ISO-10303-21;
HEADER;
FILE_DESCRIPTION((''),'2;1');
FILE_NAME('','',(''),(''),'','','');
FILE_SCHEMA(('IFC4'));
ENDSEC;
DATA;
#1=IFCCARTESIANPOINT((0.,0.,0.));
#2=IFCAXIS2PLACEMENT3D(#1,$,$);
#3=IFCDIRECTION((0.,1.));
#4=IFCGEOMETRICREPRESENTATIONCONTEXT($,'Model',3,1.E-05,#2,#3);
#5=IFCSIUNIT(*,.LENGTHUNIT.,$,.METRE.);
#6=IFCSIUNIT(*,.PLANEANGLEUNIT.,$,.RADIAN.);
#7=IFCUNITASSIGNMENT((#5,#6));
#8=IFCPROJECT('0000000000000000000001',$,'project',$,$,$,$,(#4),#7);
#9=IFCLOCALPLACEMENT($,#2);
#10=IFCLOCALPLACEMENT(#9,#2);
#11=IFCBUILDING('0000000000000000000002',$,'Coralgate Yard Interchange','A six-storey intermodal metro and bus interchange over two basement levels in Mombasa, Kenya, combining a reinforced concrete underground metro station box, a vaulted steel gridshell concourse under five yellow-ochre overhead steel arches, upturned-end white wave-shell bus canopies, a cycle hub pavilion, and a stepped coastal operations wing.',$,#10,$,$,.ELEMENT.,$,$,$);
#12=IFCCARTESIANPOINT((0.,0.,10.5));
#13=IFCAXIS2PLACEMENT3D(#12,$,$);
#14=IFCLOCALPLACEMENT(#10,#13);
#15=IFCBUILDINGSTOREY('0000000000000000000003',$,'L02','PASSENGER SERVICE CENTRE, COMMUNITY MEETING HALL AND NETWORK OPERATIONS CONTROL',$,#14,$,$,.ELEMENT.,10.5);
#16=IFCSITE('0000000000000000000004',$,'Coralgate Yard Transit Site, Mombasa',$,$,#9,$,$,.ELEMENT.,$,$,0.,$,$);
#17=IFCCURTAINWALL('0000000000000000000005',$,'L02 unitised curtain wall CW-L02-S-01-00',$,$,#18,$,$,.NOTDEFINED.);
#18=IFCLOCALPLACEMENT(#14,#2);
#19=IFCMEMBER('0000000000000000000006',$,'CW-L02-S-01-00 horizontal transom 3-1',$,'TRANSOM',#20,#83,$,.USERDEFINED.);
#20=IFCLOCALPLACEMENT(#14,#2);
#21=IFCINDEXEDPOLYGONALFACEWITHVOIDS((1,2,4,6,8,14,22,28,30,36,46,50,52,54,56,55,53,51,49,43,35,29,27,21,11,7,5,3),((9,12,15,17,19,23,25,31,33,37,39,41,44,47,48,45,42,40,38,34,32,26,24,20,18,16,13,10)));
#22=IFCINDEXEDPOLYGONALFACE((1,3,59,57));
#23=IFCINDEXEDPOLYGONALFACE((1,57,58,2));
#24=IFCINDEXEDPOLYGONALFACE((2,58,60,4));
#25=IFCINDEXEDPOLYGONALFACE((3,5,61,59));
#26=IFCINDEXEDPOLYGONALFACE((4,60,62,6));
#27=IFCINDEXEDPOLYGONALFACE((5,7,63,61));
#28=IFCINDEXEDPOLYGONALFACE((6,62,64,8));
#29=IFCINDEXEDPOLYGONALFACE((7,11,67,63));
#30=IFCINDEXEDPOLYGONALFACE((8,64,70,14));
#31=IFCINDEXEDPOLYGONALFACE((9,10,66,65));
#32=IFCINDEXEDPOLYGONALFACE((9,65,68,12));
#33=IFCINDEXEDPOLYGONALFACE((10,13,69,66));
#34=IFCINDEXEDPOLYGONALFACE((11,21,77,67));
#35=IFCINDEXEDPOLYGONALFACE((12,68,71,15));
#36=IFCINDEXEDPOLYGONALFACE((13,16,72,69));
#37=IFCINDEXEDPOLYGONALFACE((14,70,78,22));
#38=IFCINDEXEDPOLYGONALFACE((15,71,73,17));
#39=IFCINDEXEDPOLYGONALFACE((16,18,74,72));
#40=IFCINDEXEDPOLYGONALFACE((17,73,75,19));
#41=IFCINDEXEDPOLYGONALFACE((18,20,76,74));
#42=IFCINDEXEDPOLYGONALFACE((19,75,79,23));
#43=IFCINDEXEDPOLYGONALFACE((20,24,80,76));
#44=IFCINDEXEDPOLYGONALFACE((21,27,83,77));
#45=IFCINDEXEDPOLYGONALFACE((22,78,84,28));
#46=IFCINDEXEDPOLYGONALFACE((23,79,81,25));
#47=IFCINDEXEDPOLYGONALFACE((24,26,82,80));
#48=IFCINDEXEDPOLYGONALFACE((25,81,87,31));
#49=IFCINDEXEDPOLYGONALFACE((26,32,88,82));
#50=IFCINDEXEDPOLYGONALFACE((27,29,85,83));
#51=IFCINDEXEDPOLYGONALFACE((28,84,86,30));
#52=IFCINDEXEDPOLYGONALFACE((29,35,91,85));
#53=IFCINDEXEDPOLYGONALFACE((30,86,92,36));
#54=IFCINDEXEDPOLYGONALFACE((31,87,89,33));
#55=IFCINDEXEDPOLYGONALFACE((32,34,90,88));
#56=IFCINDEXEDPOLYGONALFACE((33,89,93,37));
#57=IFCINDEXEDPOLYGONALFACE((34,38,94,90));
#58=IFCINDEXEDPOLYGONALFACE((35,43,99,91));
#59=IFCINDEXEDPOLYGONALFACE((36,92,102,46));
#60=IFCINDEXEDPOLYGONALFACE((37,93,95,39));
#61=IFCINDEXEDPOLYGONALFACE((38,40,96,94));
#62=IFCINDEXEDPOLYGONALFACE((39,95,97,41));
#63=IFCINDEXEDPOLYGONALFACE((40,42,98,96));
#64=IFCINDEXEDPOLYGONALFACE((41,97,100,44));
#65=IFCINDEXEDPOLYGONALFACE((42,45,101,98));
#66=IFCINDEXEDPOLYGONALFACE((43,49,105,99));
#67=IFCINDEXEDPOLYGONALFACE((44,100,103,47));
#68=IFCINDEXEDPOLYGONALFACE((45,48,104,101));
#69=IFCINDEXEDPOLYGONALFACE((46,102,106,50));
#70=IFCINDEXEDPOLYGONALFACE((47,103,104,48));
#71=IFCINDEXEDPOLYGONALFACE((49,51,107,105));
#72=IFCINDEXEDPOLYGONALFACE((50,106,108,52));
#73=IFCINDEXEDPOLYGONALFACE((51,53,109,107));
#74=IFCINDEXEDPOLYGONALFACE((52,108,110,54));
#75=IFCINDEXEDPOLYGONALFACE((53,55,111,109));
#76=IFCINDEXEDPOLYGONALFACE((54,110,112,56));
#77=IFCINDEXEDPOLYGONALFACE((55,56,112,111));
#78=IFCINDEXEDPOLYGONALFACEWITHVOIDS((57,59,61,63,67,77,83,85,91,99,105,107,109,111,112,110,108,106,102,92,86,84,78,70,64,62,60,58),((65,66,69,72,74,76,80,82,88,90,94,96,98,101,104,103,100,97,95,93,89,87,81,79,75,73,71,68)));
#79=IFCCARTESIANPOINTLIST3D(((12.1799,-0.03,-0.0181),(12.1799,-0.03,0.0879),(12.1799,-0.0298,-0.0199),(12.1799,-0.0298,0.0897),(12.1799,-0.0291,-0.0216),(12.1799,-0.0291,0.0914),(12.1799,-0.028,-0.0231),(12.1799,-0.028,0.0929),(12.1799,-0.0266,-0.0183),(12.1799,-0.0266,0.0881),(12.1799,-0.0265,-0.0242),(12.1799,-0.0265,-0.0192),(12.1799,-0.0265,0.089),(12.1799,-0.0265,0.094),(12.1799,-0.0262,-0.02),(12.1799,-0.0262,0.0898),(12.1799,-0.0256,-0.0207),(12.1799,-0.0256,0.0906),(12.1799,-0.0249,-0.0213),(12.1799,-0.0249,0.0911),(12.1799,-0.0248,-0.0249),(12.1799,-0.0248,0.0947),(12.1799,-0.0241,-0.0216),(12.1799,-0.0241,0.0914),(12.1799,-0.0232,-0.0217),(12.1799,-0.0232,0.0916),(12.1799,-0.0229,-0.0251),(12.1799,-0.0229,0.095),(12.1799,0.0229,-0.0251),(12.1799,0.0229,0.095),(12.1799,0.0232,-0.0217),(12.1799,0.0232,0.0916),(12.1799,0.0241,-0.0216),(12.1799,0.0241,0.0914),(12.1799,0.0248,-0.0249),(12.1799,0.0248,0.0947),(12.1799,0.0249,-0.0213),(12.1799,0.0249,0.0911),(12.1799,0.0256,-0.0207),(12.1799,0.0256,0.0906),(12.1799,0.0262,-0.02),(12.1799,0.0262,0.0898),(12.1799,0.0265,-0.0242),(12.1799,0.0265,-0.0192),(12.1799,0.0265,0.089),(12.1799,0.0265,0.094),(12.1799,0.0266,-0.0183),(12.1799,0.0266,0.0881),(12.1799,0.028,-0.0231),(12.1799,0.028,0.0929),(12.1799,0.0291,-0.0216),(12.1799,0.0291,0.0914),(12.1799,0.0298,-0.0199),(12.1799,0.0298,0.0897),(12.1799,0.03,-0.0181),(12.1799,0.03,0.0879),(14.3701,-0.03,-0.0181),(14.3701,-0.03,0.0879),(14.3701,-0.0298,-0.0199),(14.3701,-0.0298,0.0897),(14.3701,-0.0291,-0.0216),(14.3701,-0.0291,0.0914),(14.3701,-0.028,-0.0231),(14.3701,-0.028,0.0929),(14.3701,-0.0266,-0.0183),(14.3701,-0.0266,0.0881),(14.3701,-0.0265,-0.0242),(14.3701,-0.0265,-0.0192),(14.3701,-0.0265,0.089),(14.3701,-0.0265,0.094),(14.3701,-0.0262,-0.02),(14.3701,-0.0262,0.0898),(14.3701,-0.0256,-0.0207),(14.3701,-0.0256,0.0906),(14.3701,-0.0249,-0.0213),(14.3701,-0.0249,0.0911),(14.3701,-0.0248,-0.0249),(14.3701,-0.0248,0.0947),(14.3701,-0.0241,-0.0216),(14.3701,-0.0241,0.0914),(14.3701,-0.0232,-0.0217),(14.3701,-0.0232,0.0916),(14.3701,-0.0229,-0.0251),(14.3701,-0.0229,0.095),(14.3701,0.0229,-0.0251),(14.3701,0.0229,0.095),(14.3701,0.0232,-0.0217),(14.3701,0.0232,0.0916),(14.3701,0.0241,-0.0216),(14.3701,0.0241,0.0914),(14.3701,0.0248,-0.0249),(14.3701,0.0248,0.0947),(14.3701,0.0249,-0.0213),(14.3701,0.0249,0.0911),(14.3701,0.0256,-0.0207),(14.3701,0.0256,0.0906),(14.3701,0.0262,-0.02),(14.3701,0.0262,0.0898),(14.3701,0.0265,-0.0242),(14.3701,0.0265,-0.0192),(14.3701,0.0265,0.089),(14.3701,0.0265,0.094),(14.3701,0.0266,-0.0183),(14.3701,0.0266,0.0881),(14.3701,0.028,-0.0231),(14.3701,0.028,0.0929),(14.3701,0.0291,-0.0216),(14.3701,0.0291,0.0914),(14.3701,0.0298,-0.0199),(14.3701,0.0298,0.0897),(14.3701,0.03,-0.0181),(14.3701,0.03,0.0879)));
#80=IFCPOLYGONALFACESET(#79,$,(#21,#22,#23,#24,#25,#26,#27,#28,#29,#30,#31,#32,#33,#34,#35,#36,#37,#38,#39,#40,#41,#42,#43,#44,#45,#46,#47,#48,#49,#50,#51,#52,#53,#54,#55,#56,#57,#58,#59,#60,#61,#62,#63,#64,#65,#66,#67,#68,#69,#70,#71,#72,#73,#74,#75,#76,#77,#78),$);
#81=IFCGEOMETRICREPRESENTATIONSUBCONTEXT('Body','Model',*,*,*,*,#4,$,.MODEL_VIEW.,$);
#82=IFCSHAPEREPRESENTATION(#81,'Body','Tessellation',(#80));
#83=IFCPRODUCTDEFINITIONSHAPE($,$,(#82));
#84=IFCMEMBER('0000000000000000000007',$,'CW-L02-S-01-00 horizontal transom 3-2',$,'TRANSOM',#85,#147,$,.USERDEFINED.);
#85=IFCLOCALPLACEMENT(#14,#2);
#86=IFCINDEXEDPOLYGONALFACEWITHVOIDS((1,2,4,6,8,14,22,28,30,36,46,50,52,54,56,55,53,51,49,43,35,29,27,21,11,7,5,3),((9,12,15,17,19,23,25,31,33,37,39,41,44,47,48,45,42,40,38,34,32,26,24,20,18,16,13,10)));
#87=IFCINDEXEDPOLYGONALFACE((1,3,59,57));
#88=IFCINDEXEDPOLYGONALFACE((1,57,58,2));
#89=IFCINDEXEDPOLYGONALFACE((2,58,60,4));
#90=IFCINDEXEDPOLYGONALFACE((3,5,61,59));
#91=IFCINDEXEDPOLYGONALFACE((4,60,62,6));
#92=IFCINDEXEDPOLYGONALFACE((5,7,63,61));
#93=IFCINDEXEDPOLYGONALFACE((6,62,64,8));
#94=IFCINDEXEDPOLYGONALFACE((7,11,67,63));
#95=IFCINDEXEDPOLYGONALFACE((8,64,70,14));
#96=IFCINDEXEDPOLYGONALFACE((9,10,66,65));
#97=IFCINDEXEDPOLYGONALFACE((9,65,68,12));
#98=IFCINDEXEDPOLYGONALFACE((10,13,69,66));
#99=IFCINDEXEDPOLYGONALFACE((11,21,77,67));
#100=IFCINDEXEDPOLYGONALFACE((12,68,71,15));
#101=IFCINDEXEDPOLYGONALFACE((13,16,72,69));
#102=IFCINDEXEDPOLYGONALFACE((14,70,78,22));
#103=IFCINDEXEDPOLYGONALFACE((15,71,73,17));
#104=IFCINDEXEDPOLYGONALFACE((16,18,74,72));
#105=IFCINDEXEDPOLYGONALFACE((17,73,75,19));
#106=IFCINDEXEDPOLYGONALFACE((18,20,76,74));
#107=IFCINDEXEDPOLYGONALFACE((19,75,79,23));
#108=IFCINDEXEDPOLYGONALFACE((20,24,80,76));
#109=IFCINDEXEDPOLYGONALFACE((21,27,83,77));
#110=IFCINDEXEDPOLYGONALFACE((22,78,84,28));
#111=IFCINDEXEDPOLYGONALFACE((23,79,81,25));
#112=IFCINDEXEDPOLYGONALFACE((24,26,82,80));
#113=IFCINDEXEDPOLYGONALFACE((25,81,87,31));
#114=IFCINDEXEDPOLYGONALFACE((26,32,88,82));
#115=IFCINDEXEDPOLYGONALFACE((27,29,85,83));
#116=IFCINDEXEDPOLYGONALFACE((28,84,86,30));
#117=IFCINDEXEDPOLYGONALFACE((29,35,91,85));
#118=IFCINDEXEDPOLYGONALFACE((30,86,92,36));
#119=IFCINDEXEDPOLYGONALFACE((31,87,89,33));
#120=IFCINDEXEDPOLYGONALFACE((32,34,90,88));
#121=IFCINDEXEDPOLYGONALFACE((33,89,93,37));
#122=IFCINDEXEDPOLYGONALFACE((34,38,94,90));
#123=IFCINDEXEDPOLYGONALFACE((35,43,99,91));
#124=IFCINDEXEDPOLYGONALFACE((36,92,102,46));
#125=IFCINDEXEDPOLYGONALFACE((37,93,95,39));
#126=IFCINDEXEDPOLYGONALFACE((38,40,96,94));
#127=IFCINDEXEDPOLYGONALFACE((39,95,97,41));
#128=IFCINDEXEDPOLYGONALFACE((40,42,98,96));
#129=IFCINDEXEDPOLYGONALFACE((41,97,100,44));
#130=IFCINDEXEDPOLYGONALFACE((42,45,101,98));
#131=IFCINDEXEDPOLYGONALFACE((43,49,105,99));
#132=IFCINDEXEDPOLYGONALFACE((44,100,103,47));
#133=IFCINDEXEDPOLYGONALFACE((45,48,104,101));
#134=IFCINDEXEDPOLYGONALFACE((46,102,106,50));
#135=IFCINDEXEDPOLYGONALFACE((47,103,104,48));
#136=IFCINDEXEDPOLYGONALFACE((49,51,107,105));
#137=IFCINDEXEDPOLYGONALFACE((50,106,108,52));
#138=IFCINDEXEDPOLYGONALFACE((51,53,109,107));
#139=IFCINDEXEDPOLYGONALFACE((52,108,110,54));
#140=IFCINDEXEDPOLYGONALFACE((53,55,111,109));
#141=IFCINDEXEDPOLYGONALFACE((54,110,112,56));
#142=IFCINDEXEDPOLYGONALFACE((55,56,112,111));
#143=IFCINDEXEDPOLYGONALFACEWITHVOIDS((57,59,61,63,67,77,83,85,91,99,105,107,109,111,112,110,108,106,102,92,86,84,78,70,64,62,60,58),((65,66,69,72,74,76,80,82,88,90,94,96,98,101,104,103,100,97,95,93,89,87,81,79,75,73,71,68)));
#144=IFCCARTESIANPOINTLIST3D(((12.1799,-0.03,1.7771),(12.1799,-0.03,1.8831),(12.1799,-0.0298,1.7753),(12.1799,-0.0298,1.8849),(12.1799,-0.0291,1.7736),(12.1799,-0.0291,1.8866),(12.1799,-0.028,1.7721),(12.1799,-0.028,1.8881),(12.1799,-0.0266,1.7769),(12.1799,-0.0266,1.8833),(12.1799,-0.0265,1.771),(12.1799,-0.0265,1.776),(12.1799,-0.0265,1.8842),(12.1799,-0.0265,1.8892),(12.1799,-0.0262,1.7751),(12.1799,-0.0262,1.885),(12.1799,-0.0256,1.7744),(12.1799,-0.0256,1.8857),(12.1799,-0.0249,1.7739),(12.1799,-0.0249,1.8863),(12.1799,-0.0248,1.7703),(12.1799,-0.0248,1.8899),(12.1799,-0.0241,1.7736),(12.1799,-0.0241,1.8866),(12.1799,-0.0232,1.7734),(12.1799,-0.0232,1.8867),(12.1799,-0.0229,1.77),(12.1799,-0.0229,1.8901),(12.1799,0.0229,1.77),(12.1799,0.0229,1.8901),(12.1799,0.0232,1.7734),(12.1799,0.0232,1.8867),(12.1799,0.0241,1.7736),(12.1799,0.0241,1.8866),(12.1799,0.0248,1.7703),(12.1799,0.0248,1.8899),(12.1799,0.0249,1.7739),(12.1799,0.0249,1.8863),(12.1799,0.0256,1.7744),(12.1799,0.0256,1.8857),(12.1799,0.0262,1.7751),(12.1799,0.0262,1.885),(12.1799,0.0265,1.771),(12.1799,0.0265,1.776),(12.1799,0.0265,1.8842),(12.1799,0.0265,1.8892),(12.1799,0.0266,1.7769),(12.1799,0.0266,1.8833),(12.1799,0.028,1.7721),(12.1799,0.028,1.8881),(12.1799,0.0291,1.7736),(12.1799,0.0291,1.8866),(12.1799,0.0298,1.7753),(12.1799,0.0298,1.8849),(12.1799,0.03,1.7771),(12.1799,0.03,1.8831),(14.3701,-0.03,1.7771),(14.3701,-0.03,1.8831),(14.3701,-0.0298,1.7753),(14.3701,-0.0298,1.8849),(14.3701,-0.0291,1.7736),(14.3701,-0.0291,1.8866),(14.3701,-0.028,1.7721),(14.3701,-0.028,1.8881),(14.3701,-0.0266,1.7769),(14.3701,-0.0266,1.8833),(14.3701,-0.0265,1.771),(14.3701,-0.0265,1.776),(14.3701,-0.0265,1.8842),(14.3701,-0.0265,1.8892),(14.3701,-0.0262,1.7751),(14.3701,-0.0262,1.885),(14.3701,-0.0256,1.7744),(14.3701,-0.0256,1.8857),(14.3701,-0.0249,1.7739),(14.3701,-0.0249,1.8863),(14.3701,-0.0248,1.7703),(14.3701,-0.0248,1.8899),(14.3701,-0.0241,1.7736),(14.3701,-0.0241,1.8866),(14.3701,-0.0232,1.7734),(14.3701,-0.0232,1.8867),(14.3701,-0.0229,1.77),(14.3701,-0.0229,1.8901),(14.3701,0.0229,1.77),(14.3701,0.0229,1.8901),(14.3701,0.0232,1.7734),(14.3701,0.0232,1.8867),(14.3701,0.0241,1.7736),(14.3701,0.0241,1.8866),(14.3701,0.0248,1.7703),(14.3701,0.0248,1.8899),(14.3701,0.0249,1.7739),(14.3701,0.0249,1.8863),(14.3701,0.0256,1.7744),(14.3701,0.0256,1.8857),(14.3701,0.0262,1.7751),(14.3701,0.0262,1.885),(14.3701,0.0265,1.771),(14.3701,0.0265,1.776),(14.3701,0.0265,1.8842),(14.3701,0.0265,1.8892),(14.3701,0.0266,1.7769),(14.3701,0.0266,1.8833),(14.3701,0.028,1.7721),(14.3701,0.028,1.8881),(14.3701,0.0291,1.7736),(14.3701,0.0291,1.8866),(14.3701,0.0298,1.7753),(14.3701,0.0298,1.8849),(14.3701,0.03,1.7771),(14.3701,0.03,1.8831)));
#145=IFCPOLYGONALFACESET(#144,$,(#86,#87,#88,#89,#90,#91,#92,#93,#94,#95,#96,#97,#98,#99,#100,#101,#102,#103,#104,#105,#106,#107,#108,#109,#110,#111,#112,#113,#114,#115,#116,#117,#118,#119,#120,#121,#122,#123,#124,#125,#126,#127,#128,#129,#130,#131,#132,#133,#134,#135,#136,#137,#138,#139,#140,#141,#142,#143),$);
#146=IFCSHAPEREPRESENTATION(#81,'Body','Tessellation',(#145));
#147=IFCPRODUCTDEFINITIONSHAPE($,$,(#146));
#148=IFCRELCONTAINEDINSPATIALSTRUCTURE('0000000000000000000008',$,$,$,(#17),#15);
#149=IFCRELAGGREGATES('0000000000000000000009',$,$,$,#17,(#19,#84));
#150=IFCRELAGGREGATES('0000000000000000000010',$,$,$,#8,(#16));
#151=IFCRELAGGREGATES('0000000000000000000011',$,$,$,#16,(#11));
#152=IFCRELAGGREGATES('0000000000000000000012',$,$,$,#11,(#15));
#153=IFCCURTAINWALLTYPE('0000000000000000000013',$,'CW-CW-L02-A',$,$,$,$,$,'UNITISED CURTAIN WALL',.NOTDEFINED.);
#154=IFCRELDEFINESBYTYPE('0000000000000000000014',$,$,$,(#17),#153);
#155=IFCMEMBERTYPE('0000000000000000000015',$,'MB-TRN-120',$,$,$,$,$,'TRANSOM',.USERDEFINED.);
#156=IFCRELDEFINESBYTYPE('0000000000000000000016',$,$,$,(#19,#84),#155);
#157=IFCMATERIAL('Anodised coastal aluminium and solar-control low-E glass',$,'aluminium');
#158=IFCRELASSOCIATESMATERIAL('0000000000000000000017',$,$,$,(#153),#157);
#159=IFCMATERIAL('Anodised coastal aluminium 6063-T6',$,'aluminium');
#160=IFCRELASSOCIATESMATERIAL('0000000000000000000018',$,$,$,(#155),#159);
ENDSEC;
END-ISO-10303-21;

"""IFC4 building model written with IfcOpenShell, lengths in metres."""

from ifc_helpers import new_model, si_unit, direction, frame, origin, origin_2d, place, context, subcontext, project, spatial, hollow_rectangle, extrude, material, material_profile, profile_set, type_object, element, aggregate, save


model = new_model("IFC4")

# Units and contexts
model_context = context("Model", 3, precision=1e-05, world=origin(), true_north=direction((0.0, 1.0)))
body_context = subcontext(model_context, "Body", "Model", "MODEL_VIEW")
ifc_project = project(units=[si_unit("LENGTHUNIT", "METRE"), si_unit("PLANEANGLEUNIT", "RADIAN")], contexts=[model_context])

# Site, building, storey
site_placement = place(None, origin())
site = spatial("IfcSite", under=ifc_project, at=site_placement, Name="Coralgate Yard Transit Site, Mombasa", CompositionType="ELEMENT", RefElevation=0.0)
building_placement = place(site_placement, origin())
building = spatial("IfcBuilding", under=site, at=building_placement, Name="Coralgate Yard Interchange", Description="A six-storey intermodal metro and bus interchange over two basement levels in Mombasa, Kenya, combining a reinforced concrete underground metro station box, a vaulted steel gridshell concourse under five yellow-ochre overhead steel arches, upturned-end white wave-shell bus canopies, a cycle hub pavilion, and a stepped coastal operations wing.", CompositionType="ELEMENT")
storey_placement = place(building_placement, frame((0.0, 0.0, 10.5)))
storey = spatial("IfcBuildingStorey", under=building, at=storey_placement, Name="L02", Description="PASSENGER SERVICE CENTRE, COMMUNITY MEETING HALL AND NETWORK OPERATIONS CONTROL", CompositionType="ELEMENT", Elevation=10.5)

# Curtain wall, members
ifc_material_1 = material(Name="Anodised coastal aluminium and solar-control low-E glass", Category="aluminium")
curtain_wall_type = type_object("IfcCurtainWallType", Name="CW-CW-L02-A", ElementType="UNITISED CURTAIN WALL", PredefinedType="NOTDEFINED", material=ifc_material_1)
curtain_wall_placement = place(storey_placement, origin())
curtain_wall = element("IfcCurtainWall", 1, at=curtain_wall_placement, inside=storey, type_object=curtain_wall_type, Name="L02 unitised curtain wall CW-L02-S-01-00", PredefinedType="NOTDEFINED")
ifc_material_2 = material(Name="Anodised coastal aluminium 6063-T6", Category="aluminium")
ifc_material_profile_1 = material_profile(ifc_material_2, hollow_rectangle(XDim=0.0601, YDim=0.1201, WallThickness=0.0034, InnerFilletRadius=0.0034, OuterFilletRadius=0.0071, at=origin_2d()), Name="ALU 60x120x3.5")
ifc_profile_set_1 = profile_set([ifc_material_profile_1], Name="Anodised coastal aluminium 6063-T6")
member_type_1 = type_object("IfcMemberType", Name="MB-TRN-120", ElementType="TRANSOM", PredefinedType="USERDEFINED", material=ifc_profile_set_1)
member_1_placement = place(storey_placement, frame((14.3701, 0.0, 0.0349), z_axis=(-1.0, 0.0, 0.0), x_axis=(0.0, -1.0, 0.0)))
member_1 = element("IfcMember", 2, at=member_1_placement, type_object=member_type_1, Name="CW-L02-S-01-00 horizontal transom 3-1", ObjectType="TRANSOM", PredefinedType="USERDEFINED", context=body_context, shape_type="SweptSolid", body=[
    extrude(hollow_rectangle(XDim=0.0601, YDim=0.1201, WallThickness=0.0034, InnerFilletRadius=0.0034, OuterFilletRadius=0.0071, at=origin_2d()), origin(), (0.0, 0.0, 1.0), 2.1902),
])
member_2_placement = place(storey_placement, frame((14.3701, 0.0, 1.8301), z_axis=(-1.0, 0.0, 0.0), x_axis=(0.0, -1.0, 0.0)))
member_2 = element("IfcMember", 3, at=member_2_placement, type_object=member_type_1, Name="CW-L02-S-01-00 horizontal transom 3-2", ObjectType="TRANSOM", PredefinedType="USERDEFINED", context=body_context, shape_type="SweptSolid", body=[
    extrude(hollow_rectangle(XDim=0.0601, YDim=0.1201, WallThickness=0.0034, InnerFilletRadius=0.0034, OuterFilletRadius=0.0071, at=origin_2d()), origin(), (0.0, 0.0, 1.0), 2.1902),
])
aggregate(curtain_wall, [member_1, member_2])

save(model, "model.ifc")
